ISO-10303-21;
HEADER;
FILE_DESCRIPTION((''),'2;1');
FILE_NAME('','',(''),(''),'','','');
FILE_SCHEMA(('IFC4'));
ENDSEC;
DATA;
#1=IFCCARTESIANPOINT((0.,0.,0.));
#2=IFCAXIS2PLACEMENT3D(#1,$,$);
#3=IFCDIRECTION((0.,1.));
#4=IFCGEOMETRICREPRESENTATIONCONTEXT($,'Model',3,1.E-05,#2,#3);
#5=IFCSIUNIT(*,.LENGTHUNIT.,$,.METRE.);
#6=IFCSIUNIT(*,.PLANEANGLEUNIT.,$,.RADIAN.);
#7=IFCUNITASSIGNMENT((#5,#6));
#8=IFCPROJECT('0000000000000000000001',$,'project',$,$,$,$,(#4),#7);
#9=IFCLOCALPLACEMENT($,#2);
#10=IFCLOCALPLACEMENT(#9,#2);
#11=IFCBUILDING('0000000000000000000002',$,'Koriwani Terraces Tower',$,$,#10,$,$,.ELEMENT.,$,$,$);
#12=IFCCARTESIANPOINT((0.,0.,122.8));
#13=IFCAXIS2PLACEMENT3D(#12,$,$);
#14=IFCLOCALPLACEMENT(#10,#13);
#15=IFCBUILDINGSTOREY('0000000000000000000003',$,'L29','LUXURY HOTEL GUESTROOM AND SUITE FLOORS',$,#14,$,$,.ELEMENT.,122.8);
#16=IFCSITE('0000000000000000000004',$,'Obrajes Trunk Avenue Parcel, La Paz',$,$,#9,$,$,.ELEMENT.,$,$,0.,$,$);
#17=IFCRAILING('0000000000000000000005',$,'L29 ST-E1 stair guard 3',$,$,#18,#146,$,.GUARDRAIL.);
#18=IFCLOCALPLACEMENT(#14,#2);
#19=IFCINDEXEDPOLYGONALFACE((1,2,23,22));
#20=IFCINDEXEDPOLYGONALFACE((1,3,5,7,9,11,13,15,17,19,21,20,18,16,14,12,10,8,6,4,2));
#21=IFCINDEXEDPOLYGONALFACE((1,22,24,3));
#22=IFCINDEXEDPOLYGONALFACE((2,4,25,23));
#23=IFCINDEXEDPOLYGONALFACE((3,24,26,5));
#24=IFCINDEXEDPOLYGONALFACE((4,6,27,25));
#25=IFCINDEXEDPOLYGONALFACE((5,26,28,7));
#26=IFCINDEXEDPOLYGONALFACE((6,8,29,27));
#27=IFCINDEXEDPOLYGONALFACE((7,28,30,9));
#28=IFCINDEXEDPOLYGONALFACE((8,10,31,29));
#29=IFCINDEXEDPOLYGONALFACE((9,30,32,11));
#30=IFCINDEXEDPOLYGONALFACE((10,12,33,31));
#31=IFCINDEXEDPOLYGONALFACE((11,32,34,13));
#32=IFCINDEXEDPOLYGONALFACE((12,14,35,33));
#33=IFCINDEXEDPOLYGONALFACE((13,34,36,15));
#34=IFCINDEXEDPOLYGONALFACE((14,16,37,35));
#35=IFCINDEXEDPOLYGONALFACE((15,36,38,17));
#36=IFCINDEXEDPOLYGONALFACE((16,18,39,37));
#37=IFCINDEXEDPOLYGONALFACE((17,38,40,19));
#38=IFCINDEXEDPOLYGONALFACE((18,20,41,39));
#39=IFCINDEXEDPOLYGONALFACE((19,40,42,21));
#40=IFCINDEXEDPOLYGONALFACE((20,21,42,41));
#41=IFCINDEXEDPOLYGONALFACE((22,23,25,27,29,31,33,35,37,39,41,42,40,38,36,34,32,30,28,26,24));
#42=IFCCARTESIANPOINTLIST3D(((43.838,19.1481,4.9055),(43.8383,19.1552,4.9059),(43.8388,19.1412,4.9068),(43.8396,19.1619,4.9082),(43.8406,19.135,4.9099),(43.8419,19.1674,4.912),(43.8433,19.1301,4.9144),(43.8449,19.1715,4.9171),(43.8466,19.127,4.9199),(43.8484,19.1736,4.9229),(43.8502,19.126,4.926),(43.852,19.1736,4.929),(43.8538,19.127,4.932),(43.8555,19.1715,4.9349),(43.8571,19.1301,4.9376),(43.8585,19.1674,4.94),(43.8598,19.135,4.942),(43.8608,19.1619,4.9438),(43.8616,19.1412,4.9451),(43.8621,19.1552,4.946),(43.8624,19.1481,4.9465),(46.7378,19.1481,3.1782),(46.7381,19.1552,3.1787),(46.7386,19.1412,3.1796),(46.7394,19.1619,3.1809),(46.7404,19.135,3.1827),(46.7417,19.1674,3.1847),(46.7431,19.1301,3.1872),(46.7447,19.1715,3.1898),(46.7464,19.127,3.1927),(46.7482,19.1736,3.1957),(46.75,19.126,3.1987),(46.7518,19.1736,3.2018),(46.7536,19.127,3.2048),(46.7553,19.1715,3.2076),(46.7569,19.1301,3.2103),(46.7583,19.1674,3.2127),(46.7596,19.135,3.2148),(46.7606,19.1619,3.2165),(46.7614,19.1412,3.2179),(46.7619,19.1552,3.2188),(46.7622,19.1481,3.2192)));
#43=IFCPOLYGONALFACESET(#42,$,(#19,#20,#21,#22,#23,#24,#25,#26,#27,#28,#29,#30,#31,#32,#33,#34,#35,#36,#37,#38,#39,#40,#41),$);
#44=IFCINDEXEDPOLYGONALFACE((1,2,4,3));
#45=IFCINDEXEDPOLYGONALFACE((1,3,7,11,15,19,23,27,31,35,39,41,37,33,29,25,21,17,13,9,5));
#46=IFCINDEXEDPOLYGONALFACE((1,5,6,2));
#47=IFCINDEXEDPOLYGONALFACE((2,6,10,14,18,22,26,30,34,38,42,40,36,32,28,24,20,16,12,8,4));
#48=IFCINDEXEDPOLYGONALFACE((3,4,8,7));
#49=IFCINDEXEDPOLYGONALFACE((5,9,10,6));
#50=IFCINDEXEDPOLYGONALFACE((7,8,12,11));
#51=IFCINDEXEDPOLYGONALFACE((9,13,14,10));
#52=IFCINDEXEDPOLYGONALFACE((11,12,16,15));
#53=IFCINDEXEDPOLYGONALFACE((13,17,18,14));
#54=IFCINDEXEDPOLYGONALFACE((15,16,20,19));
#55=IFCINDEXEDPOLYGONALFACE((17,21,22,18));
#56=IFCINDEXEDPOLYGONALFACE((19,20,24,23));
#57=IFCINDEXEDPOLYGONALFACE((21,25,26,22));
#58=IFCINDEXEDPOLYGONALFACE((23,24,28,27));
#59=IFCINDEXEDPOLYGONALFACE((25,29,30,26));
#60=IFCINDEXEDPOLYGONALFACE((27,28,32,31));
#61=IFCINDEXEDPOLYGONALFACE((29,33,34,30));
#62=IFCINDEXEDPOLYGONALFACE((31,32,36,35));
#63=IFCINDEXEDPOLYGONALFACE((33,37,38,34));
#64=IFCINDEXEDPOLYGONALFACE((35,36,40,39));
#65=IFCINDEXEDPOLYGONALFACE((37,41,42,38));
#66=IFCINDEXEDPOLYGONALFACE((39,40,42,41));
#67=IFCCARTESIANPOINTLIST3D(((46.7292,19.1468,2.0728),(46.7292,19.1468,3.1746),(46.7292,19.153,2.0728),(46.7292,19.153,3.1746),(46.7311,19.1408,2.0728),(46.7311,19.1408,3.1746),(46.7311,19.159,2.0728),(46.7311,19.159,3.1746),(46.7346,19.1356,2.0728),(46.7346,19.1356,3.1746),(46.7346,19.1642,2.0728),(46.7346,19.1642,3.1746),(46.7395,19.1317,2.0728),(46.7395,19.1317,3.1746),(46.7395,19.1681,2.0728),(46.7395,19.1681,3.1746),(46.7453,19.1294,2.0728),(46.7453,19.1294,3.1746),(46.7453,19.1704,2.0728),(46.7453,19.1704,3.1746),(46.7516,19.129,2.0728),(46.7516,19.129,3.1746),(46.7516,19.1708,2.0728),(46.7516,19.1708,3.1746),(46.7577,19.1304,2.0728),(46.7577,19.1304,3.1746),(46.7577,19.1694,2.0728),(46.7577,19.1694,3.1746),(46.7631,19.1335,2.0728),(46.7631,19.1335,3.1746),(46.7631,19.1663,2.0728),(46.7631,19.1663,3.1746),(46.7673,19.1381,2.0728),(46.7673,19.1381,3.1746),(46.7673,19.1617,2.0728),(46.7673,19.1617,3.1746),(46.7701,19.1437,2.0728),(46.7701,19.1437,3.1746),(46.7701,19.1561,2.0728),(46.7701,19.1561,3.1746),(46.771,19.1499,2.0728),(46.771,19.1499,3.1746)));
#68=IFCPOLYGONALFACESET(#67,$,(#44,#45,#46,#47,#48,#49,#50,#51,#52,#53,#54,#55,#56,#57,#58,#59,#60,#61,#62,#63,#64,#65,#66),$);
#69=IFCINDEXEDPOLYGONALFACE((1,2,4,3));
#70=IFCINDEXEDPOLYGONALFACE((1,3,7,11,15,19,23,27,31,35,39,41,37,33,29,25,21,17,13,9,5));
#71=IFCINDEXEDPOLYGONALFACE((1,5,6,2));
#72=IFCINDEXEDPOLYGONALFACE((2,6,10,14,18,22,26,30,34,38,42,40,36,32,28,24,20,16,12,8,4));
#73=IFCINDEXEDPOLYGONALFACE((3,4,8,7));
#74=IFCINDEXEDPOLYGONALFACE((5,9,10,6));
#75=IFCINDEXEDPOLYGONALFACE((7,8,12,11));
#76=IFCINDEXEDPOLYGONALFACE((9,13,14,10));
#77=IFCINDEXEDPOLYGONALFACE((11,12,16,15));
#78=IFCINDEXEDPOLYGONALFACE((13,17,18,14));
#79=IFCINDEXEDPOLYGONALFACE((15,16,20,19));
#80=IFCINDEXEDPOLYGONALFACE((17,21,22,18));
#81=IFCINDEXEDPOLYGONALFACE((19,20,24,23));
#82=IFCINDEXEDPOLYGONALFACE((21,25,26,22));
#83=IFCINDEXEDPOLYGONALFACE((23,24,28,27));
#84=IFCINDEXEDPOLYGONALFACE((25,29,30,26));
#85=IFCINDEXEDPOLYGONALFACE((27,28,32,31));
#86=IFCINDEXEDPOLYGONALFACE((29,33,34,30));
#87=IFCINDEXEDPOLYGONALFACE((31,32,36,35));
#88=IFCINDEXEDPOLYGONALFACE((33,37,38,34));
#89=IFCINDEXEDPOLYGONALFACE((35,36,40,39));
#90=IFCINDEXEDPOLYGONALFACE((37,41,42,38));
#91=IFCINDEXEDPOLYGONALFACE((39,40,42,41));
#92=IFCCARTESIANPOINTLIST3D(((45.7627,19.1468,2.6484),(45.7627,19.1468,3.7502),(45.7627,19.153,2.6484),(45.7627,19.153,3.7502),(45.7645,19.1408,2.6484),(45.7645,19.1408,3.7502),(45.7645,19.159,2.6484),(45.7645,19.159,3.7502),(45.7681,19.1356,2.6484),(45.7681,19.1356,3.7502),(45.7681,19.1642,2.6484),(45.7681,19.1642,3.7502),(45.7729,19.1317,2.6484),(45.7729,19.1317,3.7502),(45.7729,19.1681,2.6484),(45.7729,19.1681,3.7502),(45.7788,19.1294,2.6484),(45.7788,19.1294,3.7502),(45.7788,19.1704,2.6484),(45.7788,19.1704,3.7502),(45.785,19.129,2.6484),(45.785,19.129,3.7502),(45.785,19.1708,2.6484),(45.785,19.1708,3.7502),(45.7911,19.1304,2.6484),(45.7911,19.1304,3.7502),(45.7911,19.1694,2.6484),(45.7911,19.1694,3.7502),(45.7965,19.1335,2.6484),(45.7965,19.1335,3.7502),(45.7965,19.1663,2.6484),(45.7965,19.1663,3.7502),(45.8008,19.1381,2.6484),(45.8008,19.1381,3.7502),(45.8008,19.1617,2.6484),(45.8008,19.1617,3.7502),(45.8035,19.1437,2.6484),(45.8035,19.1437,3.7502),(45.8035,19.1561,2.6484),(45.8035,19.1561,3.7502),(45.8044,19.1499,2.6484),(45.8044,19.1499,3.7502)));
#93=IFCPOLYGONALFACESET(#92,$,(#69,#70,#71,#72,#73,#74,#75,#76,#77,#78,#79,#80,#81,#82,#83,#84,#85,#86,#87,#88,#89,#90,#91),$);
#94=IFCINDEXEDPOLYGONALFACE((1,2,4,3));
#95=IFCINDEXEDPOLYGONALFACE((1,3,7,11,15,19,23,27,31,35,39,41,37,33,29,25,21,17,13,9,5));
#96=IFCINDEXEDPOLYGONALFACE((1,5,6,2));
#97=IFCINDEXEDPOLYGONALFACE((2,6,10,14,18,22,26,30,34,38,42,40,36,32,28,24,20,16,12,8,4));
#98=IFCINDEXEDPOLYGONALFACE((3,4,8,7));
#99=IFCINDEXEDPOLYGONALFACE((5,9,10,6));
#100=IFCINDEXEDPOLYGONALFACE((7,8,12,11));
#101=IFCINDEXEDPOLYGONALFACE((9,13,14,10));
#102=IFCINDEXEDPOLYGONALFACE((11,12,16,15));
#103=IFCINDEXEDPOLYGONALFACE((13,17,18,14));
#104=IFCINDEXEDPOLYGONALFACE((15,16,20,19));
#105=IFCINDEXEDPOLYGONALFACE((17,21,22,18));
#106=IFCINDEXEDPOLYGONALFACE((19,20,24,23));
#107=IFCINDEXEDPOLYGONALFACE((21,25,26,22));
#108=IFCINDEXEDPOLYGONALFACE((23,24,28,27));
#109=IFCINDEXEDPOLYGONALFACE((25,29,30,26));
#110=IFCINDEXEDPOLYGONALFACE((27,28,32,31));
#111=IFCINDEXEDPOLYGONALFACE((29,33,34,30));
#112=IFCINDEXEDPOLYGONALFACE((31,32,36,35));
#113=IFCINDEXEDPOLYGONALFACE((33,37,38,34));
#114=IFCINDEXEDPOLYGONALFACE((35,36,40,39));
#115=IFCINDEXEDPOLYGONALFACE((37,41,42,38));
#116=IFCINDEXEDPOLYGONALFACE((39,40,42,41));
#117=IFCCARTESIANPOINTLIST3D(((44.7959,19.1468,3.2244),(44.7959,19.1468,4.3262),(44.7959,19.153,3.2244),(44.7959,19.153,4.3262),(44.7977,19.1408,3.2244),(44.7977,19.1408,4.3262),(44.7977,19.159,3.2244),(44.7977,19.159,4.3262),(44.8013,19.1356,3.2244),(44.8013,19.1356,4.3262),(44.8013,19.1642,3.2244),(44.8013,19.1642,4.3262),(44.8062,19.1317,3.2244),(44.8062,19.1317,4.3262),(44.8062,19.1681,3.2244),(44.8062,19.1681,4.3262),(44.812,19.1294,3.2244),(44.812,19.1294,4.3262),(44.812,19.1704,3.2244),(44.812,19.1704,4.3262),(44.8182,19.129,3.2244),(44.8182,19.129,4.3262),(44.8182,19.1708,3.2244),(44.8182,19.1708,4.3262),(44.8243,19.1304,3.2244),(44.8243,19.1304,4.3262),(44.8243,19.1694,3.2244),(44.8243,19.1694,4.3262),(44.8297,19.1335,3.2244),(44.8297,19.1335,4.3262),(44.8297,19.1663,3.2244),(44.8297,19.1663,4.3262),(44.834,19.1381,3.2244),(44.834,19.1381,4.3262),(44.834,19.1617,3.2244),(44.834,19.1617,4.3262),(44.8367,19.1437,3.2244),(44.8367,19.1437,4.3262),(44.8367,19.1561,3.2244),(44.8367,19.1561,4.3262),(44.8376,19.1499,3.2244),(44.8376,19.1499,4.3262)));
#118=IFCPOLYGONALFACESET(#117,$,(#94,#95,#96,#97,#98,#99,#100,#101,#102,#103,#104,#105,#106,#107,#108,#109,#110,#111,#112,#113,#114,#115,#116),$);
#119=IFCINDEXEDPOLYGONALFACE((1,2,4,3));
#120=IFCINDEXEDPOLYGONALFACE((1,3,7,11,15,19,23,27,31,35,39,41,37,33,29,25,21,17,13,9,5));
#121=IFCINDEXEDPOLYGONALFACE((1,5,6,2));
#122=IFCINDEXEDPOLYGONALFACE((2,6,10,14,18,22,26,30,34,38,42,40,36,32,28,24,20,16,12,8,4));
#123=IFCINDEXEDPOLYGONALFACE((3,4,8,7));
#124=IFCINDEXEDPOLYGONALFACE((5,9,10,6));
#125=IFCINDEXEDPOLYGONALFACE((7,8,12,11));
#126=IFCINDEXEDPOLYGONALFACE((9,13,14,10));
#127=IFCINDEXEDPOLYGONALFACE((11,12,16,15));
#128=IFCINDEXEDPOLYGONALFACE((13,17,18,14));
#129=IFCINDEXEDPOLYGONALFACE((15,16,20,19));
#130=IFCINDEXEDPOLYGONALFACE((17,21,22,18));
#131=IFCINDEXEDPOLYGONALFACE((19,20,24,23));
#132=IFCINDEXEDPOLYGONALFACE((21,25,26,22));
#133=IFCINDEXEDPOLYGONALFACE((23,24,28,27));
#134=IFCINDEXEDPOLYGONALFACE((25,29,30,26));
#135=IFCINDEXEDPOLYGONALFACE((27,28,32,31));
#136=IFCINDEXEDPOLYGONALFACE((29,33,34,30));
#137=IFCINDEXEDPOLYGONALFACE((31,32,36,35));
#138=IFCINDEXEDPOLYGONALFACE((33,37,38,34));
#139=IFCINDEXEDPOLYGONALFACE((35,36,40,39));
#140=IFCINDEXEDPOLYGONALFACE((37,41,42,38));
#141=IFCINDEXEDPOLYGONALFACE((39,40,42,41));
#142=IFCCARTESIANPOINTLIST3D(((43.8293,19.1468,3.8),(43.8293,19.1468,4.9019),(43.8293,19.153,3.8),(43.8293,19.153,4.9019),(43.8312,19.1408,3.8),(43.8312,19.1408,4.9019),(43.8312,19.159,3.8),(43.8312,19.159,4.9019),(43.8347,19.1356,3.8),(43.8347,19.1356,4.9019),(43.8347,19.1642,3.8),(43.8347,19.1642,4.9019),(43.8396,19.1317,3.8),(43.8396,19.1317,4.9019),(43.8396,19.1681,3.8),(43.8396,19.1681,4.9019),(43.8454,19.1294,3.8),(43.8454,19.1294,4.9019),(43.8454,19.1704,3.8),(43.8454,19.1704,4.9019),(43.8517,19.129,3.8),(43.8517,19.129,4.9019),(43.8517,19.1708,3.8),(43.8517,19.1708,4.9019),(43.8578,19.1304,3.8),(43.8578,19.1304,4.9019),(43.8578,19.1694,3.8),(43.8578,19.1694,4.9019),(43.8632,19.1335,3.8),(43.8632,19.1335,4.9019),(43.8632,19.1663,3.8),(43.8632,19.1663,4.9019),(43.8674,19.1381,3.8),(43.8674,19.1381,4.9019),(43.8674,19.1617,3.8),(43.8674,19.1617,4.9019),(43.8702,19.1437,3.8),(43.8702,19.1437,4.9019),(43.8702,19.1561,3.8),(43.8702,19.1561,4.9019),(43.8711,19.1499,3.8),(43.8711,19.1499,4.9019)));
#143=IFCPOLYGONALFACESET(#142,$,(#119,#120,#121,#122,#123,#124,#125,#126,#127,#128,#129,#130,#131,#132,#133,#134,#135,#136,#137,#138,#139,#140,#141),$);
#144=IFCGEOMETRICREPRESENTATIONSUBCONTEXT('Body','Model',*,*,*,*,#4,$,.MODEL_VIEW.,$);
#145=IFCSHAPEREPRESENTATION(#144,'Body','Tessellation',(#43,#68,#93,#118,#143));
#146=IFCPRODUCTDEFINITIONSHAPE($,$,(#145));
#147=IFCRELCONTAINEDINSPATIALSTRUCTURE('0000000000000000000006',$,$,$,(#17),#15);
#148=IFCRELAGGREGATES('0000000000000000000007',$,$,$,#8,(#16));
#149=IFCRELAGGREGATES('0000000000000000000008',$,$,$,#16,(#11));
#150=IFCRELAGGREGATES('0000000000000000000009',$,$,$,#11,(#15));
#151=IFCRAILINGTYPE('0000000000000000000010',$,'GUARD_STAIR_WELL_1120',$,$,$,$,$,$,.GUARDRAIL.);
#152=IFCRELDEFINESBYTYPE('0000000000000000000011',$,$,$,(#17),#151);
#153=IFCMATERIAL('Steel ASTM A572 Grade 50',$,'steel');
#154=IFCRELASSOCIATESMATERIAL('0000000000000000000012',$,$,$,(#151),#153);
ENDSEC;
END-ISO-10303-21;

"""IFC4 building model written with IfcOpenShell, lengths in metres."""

from ifc_helpers import new_model, si_unit, direction, frame, origin, origin_2d, place, context, subcontext, project, spatial, circle, extrude, material, type_object, element, save


model = new_model("IFC4")

# Units and contexts
model_context = context("Model", 3, precision=1e-05, world=origin(), true_north=direction((0.0, 1.0)))
body_context = subcontext(model_context, "Body", "Model", "MODEL_VIEW")
ifc_project = project(units=[si_unit("LENGTHUNIT", "METRE"), si_unit("PLANEANGLEUNIT", "RADIAN")], contexts=[model_context])

# Site, building, storey
site_placement = place(None, origin())
site = spatial("IfcSite", under=ifc_project, at=site_placement, Name="Obrajes Trunk Avenue Parcel, La Paz", CompositionType="ELEMENT", RefElevation=0.0)
building_placement = place(site_placement, origin())
building = spatial("IfcBuilding", under=site, at=building_placement, Name="Koriwani Terraces Tower", CompositionType="ELEMENT")
storey_placement = place(building_placement, frame((0.0, 0.0, 122.8)))
storey = spatial("IfcBuildingStorey", under=building, at=storey_placement, Name="L29", Description="LUXURY HOTEL GUESTROOM AND SUITE FLOORS", CompositionType="ELEMENT", Elevation=122.8)

# Shared definitions
ifc_material_1 = material(Name="Steel ASTM A572 Grade 50", Category="steel")

# Railing
railing_type_1 = type_object("IfcRailingType", Name="GUARD_STAIR_WELL_1120", PredefinedType="GUARDRAIL", material=ifc_material_1)
railing_1_placement = place(storey_placement, frame((46.75, 19.1499, 2.0728)))
element("IfcRailing", 1, at=railing_1_placement, inside=storey, type_object=railing_type_1, Name="L29 ST-E1 stair guard 3", PredefinedType="GUARDRAIL", context=body_context, shape_type="SweptSolid", body=[
    extrude(circle(Radius=0.0239, at=origin_2d()), frame((0.0, 0.0, 1.126), z_axis=(-0.859141, 0.0, 0.511738), x_axis=(0.0, -1.0, 0.0)), (0.0, 0.0, 1.0), 3.3752),
    extrude(circle(Radius=0.021, at=origin_2d()), origin(), (0.0, 0.0, 1.0), 1.1018),
    extrude(circle(Radius=0.021, at=origin_2d()), frame((-0.9666, 0.0, 0.5757)), (0.0, 0.0, 1.0), 1.1018),
    extrude(circle(Radius=0.021, at=origin_2d()), frame((-1.9333, 0.0, 1.1516)), (0.0, 0.0, 1.0), 1.1018),
    extrude(circle(Radius=0.021, at=origin_2d()), frame((-2.8999, 0.0, 1.7273)), (0.0, 0.0, 1.0), 1.1018),
])

save(model, "model.ifc")
